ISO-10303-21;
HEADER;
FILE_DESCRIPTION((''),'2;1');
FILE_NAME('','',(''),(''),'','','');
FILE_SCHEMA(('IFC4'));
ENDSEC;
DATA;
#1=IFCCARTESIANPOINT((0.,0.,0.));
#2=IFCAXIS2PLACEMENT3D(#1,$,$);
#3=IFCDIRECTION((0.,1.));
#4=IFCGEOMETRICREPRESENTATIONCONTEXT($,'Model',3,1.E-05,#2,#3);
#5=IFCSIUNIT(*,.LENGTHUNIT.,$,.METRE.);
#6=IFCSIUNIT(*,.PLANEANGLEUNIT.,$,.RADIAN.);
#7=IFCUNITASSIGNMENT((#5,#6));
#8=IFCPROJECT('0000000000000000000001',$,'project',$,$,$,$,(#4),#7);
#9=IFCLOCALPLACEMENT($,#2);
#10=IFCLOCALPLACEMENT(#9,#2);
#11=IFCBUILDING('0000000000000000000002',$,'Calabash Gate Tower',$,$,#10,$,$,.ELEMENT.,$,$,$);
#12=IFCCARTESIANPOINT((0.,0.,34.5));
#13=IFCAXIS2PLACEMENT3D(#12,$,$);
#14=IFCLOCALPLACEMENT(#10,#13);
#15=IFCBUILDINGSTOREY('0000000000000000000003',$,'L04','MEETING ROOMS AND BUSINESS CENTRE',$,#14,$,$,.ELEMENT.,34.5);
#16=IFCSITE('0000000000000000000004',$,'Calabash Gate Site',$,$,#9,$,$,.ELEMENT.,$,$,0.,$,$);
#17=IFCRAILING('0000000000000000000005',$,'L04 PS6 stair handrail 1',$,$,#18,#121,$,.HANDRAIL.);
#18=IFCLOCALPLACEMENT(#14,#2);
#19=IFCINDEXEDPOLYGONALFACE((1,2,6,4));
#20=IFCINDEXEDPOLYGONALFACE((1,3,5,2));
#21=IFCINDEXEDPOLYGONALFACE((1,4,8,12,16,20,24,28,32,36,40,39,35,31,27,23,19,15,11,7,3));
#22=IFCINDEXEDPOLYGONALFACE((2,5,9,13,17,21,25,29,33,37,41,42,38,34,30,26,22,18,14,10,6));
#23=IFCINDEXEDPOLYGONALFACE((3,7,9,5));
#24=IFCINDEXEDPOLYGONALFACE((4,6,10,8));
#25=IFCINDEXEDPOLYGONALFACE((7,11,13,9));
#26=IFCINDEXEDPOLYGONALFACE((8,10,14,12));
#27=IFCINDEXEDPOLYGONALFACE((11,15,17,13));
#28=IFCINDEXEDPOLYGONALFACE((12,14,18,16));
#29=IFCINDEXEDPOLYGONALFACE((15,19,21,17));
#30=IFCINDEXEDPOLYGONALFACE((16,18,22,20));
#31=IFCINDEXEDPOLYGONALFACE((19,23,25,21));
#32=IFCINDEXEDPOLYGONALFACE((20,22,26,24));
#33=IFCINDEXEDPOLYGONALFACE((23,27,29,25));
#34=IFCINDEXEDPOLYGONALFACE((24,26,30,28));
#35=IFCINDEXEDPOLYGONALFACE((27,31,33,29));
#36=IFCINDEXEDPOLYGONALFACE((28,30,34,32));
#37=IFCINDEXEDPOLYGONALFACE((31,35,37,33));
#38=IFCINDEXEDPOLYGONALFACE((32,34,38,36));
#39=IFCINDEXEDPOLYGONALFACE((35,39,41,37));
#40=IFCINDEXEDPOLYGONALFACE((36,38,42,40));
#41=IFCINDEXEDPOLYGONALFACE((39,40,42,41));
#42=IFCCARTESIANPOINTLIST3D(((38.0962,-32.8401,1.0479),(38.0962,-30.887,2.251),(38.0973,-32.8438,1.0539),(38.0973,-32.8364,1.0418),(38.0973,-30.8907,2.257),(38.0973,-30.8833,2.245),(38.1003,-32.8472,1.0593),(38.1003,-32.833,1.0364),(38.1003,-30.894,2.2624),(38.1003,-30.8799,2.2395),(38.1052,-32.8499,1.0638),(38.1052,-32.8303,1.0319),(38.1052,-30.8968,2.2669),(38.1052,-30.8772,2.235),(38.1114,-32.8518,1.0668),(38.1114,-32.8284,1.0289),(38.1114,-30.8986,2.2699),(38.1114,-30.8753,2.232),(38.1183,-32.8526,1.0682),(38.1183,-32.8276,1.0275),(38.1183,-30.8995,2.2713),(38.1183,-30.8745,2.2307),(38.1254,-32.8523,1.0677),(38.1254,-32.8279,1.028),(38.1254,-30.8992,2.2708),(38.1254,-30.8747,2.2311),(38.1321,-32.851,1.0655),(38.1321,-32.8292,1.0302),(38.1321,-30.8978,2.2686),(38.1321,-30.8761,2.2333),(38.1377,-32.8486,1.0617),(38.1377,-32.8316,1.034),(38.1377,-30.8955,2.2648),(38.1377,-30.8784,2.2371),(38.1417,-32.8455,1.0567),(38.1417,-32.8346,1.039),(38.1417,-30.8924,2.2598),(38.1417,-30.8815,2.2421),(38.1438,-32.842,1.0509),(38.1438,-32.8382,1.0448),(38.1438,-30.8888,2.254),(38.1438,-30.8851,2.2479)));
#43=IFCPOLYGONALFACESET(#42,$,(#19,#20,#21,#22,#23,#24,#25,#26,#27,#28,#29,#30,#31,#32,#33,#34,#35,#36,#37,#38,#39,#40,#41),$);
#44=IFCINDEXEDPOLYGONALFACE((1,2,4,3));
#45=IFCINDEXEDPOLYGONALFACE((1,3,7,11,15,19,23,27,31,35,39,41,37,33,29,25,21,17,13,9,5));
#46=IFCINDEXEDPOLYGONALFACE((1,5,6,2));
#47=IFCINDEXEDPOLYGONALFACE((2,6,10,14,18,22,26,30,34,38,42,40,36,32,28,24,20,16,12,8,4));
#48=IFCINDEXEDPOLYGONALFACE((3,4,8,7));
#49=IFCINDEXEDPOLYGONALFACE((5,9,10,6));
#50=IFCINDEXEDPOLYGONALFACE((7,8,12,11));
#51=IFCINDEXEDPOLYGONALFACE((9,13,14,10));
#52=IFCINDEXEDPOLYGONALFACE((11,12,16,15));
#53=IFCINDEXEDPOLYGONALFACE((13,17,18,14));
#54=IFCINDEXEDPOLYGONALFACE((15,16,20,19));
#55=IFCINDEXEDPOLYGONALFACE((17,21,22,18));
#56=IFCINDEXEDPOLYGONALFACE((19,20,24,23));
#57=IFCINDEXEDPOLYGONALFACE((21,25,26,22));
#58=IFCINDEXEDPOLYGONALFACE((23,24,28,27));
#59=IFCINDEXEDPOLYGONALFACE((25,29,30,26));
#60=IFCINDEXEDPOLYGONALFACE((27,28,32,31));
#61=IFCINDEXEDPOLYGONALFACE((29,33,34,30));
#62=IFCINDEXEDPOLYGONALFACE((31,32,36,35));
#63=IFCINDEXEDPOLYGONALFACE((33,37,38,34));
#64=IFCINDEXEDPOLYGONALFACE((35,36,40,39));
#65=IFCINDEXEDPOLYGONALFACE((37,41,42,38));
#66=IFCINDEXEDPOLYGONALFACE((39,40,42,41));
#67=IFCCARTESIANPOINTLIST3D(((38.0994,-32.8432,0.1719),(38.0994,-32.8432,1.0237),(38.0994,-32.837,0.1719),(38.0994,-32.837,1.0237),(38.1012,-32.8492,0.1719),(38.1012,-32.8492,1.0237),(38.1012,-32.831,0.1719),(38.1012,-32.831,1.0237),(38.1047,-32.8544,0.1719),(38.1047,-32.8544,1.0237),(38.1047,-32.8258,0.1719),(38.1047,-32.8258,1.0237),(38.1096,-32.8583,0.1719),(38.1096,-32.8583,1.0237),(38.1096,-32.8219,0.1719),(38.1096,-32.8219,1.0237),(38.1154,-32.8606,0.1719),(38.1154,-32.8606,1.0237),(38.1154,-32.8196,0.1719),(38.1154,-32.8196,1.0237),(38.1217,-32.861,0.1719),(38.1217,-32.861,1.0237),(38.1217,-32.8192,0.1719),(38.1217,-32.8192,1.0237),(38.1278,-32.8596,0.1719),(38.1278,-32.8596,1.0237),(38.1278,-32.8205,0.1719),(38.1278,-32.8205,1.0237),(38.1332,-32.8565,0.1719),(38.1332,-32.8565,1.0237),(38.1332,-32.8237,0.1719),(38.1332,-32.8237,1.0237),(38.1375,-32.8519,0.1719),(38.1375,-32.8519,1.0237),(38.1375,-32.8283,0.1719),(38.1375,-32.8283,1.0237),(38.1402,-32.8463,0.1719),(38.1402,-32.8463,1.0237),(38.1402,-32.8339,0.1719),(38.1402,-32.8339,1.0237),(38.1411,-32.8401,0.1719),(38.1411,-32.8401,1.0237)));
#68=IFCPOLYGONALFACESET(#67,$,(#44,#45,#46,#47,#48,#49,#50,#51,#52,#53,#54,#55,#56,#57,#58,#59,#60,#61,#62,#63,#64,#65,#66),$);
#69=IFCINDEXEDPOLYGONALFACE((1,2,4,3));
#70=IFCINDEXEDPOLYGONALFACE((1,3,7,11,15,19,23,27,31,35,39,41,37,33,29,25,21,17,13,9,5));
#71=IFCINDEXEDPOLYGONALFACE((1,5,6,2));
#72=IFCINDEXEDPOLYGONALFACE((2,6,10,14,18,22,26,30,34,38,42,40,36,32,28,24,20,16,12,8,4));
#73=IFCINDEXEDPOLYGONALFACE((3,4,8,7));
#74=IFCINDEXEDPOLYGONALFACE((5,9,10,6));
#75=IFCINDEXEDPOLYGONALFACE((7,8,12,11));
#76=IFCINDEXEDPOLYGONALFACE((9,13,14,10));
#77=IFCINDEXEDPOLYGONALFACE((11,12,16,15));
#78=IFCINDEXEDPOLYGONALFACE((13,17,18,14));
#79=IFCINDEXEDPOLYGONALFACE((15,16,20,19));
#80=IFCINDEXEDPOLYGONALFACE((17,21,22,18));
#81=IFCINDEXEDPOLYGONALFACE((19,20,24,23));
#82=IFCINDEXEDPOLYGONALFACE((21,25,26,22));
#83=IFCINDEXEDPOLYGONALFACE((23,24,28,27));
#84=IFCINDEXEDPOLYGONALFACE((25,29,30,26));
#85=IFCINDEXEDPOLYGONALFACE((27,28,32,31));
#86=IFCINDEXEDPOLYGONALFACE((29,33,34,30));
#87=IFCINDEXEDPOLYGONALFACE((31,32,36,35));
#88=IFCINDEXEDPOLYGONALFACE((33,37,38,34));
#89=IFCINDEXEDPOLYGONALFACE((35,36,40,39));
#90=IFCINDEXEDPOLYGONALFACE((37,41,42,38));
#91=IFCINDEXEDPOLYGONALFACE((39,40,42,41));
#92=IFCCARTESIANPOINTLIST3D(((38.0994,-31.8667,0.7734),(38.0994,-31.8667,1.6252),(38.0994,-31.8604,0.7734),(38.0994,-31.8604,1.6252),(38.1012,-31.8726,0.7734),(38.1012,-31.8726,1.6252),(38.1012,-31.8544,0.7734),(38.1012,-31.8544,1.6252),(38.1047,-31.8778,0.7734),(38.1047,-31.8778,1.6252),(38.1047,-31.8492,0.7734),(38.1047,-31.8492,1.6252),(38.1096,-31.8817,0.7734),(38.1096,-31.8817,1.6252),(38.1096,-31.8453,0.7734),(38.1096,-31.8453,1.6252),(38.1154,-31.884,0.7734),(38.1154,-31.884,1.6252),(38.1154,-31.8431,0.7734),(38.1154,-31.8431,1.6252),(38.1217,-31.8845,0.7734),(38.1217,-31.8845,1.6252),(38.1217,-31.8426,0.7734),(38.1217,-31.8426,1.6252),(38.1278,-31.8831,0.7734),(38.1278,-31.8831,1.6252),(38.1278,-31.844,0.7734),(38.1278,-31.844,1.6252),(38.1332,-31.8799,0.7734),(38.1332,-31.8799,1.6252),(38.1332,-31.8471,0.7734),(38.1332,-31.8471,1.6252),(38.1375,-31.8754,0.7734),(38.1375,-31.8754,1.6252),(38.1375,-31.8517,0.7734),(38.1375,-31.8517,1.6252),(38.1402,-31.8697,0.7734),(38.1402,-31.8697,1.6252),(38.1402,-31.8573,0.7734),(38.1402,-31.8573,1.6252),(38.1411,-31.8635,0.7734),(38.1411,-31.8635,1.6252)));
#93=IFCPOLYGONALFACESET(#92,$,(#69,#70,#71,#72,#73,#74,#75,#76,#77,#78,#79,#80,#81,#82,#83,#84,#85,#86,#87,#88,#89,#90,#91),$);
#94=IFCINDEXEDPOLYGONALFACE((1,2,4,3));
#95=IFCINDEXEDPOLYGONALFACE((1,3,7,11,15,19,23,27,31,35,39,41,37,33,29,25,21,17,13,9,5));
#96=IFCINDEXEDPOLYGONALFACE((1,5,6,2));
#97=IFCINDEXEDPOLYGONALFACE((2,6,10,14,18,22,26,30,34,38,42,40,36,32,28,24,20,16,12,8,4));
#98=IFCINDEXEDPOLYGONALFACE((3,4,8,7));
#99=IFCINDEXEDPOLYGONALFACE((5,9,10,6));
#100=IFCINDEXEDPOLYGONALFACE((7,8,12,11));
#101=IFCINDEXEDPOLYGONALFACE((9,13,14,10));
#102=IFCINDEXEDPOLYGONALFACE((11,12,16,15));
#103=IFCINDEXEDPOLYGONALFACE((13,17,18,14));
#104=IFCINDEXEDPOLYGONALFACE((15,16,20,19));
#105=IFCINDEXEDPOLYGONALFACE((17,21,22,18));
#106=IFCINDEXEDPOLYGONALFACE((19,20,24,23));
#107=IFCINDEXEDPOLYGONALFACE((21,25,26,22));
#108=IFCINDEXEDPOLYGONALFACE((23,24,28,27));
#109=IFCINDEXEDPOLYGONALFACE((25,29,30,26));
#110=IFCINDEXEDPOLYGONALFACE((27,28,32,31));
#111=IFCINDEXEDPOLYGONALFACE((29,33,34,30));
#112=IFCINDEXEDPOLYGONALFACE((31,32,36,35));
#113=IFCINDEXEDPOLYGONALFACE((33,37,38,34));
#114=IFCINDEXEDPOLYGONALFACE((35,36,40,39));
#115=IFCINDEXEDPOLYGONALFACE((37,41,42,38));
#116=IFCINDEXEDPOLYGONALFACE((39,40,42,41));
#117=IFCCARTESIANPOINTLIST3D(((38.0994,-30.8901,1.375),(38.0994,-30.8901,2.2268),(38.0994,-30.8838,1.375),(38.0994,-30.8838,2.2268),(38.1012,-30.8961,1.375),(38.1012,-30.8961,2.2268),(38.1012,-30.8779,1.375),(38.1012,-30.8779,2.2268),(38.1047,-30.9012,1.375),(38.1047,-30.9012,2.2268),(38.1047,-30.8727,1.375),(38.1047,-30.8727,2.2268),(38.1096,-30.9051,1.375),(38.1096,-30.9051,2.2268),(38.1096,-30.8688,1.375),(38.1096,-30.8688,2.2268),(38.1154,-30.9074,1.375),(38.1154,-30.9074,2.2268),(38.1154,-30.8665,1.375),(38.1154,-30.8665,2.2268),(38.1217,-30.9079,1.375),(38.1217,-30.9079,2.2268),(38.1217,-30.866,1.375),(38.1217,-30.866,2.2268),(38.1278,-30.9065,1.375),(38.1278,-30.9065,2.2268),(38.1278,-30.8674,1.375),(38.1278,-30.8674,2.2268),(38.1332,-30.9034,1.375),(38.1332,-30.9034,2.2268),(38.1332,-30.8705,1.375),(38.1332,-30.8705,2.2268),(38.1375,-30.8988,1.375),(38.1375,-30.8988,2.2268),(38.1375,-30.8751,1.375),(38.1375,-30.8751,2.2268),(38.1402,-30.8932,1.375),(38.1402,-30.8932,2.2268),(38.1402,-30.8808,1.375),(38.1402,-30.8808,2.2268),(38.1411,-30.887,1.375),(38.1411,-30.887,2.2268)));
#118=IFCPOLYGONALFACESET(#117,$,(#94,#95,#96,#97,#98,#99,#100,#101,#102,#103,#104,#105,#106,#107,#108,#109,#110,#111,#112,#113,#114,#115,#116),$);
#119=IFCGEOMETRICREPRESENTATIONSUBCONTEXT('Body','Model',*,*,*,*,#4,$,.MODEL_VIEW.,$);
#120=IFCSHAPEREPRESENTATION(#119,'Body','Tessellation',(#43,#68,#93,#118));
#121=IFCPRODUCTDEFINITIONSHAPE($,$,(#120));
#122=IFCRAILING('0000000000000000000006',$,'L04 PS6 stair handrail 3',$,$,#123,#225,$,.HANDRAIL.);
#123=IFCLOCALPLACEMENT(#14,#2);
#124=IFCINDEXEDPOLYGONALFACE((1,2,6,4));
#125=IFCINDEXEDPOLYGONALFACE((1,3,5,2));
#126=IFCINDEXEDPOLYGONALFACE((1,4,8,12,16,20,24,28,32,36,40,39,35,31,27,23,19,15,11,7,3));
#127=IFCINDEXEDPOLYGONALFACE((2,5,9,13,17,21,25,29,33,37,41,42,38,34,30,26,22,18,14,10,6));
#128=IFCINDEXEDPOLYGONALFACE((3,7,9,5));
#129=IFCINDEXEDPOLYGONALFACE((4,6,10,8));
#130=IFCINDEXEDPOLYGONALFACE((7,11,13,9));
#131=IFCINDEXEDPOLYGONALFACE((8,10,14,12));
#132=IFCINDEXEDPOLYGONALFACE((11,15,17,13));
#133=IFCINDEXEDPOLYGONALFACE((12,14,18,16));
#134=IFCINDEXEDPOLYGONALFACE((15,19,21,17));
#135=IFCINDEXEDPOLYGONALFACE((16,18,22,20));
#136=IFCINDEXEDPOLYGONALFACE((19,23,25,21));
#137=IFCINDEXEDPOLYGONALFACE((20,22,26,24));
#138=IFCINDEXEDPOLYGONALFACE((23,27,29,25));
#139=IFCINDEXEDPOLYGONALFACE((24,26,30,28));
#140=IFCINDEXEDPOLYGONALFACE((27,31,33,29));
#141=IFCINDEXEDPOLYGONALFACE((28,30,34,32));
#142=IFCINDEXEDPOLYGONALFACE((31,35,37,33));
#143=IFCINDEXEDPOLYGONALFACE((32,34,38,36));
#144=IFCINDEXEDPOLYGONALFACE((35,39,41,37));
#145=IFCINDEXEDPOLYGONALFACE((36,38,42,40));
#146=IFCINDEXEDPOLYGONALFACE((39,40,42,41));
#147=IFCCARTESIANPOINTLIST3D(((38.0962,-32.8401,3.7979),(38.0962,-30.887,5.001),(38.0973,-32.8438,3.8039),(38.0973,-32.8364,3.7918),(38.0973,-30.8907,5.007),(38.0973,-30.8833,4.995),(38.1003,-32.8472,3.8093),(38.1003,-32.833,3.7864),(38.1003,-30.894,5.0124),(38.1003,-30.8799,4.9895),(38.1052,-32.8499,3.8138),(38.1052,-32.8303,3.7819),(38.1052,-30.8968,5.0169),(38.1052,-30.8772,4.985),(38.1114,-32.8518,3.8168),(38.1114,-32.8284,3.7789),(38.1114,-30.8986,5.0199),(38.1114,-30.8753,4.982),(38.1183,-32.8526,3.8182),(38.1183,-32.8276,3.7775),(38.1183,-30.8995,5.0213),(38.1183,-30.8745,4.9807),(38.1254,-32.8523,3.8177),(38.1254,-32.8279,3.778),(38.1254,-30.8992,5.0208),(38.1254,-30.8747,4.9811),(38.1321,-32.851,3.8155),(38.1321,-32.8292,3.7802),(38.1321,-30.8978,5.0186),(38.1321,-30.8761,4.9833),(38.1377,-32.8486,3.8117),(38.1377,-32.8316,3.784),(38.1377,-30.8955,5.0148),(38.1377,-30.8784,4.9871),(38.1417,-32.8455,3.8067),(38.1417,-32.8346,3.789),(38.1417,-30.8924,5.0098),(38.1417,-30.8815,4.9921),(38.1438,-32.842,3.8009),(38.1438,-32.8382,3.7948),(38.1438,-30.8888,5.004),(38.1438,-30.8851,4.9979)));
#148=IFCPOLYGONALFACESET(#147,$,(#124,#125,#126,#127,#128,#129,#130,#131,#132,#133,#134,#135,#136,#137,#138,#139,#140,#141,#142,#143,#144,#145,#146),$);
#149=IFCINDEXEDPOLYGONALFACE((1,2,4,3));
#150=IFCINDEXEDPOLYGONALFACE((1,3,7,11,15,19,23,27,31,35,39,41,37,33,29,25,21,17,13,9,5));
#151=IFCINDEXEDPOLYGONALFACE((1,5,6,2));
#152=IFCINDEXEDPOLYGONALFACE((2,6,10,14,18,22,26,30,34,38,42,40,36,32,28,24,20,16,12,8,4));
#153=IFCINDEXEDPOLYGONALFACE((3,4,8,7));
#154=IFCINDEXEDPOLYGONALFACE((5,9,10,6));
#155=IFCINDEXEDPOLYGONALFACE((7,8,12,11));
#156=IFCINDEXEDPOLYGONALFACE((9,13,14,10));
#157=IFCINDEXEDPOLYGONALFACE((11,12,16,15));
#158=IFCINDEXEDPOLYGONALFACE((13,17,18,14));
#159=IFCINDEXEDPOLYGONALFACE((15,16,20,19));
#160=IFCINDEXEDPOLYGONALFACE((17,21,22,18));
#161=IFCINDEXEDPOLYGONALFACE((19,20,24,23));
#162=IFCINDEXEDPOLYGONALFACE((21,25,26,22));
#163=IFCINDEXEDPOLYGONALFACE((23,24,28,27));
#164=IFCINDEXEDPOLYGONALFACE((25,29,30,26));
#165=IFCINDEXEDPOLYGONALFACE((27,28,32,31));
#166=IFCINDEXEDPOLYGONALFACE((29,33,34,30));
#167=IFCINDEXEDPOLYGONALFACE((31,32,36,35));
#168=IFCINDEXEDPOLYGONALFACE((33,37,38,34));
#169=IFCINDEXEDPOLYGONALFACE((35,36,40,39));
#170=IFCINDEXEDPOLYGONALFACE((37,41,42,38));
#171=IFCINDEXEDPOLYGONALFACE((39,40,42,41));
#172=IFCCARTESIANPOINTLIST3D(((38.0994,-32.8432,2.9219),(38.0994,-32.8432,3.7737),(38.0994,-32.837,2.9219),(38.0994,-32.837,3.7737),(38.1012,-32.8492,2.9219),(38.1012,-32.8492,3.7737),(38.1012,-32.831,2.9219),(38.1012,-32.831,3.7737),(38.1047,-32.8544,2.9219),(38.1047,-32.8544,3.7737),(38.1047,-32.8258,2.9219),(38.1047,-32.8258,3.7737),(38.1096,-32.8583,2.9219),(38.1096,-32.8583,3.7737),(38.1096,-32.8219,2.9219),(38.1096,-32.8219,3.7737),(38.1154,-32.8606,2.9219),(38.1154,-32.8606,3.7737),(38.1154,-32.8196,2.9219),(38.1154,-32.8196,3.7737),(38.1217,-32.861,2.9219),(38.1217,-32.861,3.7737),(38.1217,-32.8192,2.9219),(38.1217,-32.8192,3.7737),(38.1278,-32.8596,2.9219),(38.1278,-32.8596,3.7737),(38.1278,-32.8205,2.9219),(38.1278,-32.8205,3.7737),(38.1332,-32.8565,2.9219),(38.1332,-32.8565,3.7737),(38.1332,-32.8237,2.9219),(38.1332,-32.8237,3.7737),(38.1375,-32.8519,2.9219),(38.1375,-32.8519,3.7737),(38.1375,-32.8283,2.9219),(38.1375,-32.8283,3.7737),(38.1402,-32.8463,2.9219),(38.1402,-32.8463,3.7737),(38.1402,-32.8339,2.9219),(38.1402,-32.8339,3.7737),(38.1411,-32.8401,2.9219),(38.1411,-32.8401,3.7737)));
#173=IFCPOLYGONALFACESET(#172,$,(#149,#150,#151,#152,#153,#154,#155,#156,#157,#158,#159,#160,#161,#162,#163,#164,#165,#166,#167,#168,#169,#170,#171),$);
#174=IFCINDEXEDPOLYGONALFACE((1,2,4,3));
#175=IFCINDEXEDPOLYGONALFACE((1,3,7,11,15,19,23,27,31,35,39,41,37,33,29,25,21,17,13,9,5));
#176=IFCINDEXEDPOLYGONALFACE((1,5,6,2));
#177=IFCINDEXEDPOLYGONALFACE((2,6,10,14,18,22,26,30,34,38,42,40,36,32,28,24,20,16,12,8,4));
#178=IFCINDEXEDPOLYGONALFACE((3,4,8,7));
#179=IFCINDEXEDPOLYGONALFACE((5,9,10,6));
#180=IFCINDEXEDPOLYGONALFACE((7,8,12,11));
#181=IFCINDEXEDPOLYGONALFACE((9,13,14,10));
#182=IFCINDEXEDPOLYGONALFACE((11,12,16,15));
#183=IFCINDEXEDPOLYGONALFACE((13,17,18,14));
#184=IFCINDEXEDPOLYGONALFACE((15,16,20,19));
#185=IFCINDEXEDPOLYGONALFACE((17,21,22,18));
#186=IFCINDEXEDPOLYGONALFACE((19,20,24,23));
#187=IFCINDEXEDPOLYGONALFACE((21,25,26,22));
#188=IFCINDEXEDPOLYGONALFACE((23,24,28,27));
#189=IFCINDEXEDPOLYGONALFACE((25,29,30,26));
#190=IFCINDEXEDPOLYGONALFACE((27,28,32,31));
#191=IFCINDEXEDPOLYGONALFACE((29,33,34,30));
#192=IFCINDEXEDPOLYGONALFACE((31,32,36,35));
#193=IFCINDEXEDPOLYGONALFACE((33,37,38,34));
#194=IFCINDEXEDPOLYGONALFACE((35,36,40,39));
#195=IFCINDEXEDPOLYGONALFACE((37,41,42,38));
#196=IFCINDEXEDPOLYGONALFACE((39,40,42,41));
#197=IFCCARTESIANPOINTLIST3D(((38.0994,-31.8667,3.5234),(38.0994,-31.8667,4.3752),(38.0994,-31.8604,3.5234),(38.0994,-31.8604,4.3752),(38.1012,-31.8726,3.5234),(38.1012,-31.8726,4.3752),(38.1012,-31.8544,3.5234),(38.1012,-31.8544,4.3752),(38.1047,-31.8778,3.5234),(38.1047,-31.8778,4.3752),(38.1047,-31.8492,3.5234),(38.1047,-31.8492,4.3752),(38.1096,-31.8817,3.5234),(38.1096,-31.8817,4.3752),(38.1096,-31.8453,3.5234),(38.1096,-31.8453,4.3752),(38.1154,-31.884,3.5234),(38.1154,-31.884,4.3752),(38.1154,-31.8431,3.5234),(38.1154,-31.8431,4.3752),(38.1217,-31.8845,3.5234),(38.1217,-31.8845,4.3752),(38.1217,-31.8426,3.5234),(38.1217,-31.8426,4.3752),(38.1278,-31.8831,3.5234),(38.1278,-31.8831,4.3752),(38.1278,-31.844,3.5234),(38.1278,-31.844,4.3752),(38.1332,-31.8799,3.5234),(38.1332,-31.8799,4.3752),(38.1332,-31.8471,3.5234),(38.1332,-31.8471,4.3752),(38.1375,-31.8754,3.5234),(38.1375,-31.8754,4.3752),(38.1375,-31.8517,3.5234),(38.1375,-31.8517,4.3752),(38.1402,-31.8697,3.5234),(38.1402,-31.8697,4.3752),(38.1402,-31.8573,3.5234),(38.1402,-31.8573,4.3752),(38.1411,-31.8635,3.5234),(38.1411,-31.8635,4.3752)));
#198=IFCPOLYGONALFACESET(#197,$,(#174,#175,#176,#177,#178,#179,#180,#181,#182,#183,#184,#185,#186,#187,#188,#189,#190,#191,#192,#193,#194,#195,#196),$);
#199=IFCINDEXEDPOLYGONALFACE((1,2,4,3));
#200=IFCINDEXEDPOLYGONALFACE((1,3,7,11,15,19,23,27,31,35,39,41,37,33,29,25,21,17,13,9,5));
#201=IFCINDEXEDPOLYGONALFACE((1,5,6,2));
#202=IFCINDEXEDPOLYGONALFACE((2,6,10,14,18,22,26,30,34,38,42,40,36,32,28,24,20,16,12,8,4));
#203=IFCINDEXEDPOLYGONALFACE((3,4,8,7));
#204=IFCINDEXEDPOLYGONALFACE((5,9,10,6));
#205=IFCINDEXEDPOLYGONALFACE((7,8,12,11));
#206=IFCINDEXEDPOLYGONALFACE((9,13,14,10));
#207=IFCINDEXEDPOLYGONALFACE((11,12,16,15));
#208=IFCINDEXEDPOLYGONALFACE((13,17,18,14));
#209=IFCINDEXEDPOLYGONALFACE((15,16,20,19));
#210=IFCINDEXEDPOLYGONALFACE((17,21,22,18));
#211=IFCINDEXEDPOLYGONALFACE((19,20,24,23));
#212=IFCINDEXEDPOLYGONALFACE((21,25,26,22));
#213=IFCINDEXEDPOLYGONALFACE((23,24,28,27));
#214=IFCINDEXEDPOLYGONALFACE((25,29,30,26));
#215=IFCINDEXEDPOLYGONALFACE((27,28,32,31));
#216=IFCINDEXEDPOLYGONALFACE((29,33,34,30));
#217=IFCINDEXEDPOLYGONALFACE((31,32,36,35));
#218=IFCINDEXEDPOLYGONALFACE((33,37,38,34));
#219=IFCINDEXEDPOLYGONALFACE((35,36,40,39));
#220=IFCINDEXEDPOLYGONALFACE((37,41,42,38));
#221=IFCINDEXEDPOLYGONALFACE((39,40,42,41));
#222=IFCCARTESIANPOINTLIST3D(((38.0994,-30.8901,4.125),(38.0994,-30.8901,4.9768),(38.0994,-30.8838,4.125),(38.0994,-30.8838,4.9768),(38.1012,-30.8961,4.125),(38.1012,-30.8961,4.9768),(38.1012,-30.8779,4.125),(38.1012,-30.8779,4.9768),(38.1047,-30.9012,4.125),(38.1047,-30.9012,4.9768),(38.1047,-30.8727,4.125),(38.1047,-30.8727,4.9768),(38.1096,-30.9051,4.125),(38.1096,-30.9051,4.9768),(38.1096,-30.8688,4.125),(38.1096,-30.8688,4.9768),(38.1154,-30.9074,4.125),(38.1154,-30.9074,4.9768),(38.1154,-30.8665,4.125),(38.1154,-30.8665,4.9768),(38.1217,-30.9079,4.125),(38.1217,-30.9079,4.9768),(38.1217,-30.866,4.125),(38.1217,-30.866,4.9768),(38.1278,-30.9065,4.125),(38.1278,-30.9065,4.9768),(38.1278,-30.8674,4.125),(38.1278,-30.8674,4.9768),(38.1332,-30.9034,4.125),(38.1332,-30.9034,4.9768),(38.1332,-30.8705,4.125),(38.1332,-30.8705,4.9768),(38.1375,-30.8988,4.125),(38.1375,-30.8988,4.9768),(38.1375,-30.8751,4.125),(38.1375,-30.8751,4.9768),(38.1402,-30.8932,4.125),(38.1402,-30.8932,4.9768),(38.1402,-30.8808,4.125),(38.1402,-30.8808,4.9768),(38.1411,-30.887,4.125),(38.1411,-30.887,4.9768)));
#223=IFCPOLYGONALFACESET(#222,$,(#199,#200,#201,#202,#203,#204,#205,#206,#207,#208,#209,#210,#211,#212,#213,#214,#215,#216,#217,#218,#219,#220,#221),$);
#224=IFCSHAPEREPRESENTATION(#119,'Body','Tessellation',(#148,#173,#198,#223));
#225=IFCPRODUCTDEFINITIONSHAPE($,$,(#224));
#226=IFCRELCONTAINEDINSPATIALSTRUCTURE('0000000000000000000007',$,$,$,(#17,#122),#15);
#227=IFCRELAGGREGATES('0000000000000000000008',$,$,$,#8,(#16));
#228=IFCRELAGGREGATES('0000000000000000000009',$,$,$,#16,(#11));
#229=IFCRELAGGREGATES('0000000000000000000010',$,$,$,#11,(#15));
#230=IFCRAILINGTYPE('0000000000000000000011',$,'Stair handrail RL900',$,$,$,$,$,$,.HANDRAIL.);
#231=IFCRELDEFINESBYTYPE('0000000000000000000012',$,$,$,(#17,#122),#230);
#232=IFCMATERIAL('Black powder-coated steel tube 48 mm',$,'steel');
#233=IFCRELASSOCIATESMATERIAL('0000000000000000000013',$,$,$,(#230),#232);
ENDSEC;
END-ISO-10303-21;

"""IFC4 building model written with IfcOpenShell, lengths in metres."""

from ifc_helpers import new_model, si_unit, direction, frame, origin, origin_2d, place, context, subcontext, project, spatial, circle, extrude, material, type_object, element, save


model = new_model("IFC4")

# Units and contexts
model_context = context("Model", 3, precision=1e-05, world=origin(), true_north=direction((0.0, 1.0)))
body_context = subcontext(model_context, "Body", "Model", "MODEL_VIEW")
ifc_project = project(units=[si_unit("LENGTHUNIT", "METRE"), si_unit("PLANEANGLEUNIT", "RADIAN")], contexts=[model_context])

# Site, building, storey
site_placement = place(None, origin())
site = spatial("IfcSite", under=ifc_project, at=site_placement, Name="Calabash Gate Site", CompositionType="ELEMENT", RefElevation=0.0)
building_placement = place(site_placement, origin())
building = spatial("IfcBuilding", under=site, at=building_placement, Name="Calabash Gate Tower", CompositionType="ELEMENT")
storey_placement = place(building_placement, frame((0.0, 0.0, 34.5)))
storey = spatial("IfcBuildingStorey", under=building, at=storey_placement, Name="L04", Description="MEETING ROOMS AND BUSINESS CENTRE", CompositionType="ELEMENT", Elevation=34.5)

# Railings
ifc_material_1 = material(Name="Black powder-coated steel tube 48 mm", Category="steel")
railing_type_1 = type_object("IfcRailingType", Name="Stair handrail RL900", PredefinedType="HANDRAIL", material=ifc_material_1)
for number, where, name in (
    (1, (38.1201, -32.8401, 0.1719), "L04 PS6 stair handrail 1"),
    (2, (38.1201, -32.8401, 2.9219), "L04 PS6 stair handrail 3"),
):
    element("IfcRailing", number, at=place(storey_placement, frame(where)), inside=storey, type_object=railing_type_1, Name=name, PredefinedType="HANDRAIL", context=body_context, shape_type="SweptSolid", body=[
        extrude(circle(Radius=0.0239, at=origin_2d()), frame((0.0, 0.0, 0.876), z_axis=(0.0, 0.851424, 0.524477), x_axis=(-1.0, 0.0, 0.0)), (0.0, 0.0, 1.0), 2.2939),
        extrude(circle(Radius=0.021, at=origin_2d()), origin(), (0.0, 0.0, 1.0), 0.8518),
        extrude(circle(Radius=0.021, at=origin_2d()), frame((0.0, 0.9766, 0.6016)), (0.0, 0.0, 1.0), 0.8518),
        extrude(circle(Radius=0.021, at=origin_2d()), frame((0.0, 1.9531, 1.2031)), (0.0, 0.0, 1.0), 0.8518),
    ])

save(model, "model.ifc")
